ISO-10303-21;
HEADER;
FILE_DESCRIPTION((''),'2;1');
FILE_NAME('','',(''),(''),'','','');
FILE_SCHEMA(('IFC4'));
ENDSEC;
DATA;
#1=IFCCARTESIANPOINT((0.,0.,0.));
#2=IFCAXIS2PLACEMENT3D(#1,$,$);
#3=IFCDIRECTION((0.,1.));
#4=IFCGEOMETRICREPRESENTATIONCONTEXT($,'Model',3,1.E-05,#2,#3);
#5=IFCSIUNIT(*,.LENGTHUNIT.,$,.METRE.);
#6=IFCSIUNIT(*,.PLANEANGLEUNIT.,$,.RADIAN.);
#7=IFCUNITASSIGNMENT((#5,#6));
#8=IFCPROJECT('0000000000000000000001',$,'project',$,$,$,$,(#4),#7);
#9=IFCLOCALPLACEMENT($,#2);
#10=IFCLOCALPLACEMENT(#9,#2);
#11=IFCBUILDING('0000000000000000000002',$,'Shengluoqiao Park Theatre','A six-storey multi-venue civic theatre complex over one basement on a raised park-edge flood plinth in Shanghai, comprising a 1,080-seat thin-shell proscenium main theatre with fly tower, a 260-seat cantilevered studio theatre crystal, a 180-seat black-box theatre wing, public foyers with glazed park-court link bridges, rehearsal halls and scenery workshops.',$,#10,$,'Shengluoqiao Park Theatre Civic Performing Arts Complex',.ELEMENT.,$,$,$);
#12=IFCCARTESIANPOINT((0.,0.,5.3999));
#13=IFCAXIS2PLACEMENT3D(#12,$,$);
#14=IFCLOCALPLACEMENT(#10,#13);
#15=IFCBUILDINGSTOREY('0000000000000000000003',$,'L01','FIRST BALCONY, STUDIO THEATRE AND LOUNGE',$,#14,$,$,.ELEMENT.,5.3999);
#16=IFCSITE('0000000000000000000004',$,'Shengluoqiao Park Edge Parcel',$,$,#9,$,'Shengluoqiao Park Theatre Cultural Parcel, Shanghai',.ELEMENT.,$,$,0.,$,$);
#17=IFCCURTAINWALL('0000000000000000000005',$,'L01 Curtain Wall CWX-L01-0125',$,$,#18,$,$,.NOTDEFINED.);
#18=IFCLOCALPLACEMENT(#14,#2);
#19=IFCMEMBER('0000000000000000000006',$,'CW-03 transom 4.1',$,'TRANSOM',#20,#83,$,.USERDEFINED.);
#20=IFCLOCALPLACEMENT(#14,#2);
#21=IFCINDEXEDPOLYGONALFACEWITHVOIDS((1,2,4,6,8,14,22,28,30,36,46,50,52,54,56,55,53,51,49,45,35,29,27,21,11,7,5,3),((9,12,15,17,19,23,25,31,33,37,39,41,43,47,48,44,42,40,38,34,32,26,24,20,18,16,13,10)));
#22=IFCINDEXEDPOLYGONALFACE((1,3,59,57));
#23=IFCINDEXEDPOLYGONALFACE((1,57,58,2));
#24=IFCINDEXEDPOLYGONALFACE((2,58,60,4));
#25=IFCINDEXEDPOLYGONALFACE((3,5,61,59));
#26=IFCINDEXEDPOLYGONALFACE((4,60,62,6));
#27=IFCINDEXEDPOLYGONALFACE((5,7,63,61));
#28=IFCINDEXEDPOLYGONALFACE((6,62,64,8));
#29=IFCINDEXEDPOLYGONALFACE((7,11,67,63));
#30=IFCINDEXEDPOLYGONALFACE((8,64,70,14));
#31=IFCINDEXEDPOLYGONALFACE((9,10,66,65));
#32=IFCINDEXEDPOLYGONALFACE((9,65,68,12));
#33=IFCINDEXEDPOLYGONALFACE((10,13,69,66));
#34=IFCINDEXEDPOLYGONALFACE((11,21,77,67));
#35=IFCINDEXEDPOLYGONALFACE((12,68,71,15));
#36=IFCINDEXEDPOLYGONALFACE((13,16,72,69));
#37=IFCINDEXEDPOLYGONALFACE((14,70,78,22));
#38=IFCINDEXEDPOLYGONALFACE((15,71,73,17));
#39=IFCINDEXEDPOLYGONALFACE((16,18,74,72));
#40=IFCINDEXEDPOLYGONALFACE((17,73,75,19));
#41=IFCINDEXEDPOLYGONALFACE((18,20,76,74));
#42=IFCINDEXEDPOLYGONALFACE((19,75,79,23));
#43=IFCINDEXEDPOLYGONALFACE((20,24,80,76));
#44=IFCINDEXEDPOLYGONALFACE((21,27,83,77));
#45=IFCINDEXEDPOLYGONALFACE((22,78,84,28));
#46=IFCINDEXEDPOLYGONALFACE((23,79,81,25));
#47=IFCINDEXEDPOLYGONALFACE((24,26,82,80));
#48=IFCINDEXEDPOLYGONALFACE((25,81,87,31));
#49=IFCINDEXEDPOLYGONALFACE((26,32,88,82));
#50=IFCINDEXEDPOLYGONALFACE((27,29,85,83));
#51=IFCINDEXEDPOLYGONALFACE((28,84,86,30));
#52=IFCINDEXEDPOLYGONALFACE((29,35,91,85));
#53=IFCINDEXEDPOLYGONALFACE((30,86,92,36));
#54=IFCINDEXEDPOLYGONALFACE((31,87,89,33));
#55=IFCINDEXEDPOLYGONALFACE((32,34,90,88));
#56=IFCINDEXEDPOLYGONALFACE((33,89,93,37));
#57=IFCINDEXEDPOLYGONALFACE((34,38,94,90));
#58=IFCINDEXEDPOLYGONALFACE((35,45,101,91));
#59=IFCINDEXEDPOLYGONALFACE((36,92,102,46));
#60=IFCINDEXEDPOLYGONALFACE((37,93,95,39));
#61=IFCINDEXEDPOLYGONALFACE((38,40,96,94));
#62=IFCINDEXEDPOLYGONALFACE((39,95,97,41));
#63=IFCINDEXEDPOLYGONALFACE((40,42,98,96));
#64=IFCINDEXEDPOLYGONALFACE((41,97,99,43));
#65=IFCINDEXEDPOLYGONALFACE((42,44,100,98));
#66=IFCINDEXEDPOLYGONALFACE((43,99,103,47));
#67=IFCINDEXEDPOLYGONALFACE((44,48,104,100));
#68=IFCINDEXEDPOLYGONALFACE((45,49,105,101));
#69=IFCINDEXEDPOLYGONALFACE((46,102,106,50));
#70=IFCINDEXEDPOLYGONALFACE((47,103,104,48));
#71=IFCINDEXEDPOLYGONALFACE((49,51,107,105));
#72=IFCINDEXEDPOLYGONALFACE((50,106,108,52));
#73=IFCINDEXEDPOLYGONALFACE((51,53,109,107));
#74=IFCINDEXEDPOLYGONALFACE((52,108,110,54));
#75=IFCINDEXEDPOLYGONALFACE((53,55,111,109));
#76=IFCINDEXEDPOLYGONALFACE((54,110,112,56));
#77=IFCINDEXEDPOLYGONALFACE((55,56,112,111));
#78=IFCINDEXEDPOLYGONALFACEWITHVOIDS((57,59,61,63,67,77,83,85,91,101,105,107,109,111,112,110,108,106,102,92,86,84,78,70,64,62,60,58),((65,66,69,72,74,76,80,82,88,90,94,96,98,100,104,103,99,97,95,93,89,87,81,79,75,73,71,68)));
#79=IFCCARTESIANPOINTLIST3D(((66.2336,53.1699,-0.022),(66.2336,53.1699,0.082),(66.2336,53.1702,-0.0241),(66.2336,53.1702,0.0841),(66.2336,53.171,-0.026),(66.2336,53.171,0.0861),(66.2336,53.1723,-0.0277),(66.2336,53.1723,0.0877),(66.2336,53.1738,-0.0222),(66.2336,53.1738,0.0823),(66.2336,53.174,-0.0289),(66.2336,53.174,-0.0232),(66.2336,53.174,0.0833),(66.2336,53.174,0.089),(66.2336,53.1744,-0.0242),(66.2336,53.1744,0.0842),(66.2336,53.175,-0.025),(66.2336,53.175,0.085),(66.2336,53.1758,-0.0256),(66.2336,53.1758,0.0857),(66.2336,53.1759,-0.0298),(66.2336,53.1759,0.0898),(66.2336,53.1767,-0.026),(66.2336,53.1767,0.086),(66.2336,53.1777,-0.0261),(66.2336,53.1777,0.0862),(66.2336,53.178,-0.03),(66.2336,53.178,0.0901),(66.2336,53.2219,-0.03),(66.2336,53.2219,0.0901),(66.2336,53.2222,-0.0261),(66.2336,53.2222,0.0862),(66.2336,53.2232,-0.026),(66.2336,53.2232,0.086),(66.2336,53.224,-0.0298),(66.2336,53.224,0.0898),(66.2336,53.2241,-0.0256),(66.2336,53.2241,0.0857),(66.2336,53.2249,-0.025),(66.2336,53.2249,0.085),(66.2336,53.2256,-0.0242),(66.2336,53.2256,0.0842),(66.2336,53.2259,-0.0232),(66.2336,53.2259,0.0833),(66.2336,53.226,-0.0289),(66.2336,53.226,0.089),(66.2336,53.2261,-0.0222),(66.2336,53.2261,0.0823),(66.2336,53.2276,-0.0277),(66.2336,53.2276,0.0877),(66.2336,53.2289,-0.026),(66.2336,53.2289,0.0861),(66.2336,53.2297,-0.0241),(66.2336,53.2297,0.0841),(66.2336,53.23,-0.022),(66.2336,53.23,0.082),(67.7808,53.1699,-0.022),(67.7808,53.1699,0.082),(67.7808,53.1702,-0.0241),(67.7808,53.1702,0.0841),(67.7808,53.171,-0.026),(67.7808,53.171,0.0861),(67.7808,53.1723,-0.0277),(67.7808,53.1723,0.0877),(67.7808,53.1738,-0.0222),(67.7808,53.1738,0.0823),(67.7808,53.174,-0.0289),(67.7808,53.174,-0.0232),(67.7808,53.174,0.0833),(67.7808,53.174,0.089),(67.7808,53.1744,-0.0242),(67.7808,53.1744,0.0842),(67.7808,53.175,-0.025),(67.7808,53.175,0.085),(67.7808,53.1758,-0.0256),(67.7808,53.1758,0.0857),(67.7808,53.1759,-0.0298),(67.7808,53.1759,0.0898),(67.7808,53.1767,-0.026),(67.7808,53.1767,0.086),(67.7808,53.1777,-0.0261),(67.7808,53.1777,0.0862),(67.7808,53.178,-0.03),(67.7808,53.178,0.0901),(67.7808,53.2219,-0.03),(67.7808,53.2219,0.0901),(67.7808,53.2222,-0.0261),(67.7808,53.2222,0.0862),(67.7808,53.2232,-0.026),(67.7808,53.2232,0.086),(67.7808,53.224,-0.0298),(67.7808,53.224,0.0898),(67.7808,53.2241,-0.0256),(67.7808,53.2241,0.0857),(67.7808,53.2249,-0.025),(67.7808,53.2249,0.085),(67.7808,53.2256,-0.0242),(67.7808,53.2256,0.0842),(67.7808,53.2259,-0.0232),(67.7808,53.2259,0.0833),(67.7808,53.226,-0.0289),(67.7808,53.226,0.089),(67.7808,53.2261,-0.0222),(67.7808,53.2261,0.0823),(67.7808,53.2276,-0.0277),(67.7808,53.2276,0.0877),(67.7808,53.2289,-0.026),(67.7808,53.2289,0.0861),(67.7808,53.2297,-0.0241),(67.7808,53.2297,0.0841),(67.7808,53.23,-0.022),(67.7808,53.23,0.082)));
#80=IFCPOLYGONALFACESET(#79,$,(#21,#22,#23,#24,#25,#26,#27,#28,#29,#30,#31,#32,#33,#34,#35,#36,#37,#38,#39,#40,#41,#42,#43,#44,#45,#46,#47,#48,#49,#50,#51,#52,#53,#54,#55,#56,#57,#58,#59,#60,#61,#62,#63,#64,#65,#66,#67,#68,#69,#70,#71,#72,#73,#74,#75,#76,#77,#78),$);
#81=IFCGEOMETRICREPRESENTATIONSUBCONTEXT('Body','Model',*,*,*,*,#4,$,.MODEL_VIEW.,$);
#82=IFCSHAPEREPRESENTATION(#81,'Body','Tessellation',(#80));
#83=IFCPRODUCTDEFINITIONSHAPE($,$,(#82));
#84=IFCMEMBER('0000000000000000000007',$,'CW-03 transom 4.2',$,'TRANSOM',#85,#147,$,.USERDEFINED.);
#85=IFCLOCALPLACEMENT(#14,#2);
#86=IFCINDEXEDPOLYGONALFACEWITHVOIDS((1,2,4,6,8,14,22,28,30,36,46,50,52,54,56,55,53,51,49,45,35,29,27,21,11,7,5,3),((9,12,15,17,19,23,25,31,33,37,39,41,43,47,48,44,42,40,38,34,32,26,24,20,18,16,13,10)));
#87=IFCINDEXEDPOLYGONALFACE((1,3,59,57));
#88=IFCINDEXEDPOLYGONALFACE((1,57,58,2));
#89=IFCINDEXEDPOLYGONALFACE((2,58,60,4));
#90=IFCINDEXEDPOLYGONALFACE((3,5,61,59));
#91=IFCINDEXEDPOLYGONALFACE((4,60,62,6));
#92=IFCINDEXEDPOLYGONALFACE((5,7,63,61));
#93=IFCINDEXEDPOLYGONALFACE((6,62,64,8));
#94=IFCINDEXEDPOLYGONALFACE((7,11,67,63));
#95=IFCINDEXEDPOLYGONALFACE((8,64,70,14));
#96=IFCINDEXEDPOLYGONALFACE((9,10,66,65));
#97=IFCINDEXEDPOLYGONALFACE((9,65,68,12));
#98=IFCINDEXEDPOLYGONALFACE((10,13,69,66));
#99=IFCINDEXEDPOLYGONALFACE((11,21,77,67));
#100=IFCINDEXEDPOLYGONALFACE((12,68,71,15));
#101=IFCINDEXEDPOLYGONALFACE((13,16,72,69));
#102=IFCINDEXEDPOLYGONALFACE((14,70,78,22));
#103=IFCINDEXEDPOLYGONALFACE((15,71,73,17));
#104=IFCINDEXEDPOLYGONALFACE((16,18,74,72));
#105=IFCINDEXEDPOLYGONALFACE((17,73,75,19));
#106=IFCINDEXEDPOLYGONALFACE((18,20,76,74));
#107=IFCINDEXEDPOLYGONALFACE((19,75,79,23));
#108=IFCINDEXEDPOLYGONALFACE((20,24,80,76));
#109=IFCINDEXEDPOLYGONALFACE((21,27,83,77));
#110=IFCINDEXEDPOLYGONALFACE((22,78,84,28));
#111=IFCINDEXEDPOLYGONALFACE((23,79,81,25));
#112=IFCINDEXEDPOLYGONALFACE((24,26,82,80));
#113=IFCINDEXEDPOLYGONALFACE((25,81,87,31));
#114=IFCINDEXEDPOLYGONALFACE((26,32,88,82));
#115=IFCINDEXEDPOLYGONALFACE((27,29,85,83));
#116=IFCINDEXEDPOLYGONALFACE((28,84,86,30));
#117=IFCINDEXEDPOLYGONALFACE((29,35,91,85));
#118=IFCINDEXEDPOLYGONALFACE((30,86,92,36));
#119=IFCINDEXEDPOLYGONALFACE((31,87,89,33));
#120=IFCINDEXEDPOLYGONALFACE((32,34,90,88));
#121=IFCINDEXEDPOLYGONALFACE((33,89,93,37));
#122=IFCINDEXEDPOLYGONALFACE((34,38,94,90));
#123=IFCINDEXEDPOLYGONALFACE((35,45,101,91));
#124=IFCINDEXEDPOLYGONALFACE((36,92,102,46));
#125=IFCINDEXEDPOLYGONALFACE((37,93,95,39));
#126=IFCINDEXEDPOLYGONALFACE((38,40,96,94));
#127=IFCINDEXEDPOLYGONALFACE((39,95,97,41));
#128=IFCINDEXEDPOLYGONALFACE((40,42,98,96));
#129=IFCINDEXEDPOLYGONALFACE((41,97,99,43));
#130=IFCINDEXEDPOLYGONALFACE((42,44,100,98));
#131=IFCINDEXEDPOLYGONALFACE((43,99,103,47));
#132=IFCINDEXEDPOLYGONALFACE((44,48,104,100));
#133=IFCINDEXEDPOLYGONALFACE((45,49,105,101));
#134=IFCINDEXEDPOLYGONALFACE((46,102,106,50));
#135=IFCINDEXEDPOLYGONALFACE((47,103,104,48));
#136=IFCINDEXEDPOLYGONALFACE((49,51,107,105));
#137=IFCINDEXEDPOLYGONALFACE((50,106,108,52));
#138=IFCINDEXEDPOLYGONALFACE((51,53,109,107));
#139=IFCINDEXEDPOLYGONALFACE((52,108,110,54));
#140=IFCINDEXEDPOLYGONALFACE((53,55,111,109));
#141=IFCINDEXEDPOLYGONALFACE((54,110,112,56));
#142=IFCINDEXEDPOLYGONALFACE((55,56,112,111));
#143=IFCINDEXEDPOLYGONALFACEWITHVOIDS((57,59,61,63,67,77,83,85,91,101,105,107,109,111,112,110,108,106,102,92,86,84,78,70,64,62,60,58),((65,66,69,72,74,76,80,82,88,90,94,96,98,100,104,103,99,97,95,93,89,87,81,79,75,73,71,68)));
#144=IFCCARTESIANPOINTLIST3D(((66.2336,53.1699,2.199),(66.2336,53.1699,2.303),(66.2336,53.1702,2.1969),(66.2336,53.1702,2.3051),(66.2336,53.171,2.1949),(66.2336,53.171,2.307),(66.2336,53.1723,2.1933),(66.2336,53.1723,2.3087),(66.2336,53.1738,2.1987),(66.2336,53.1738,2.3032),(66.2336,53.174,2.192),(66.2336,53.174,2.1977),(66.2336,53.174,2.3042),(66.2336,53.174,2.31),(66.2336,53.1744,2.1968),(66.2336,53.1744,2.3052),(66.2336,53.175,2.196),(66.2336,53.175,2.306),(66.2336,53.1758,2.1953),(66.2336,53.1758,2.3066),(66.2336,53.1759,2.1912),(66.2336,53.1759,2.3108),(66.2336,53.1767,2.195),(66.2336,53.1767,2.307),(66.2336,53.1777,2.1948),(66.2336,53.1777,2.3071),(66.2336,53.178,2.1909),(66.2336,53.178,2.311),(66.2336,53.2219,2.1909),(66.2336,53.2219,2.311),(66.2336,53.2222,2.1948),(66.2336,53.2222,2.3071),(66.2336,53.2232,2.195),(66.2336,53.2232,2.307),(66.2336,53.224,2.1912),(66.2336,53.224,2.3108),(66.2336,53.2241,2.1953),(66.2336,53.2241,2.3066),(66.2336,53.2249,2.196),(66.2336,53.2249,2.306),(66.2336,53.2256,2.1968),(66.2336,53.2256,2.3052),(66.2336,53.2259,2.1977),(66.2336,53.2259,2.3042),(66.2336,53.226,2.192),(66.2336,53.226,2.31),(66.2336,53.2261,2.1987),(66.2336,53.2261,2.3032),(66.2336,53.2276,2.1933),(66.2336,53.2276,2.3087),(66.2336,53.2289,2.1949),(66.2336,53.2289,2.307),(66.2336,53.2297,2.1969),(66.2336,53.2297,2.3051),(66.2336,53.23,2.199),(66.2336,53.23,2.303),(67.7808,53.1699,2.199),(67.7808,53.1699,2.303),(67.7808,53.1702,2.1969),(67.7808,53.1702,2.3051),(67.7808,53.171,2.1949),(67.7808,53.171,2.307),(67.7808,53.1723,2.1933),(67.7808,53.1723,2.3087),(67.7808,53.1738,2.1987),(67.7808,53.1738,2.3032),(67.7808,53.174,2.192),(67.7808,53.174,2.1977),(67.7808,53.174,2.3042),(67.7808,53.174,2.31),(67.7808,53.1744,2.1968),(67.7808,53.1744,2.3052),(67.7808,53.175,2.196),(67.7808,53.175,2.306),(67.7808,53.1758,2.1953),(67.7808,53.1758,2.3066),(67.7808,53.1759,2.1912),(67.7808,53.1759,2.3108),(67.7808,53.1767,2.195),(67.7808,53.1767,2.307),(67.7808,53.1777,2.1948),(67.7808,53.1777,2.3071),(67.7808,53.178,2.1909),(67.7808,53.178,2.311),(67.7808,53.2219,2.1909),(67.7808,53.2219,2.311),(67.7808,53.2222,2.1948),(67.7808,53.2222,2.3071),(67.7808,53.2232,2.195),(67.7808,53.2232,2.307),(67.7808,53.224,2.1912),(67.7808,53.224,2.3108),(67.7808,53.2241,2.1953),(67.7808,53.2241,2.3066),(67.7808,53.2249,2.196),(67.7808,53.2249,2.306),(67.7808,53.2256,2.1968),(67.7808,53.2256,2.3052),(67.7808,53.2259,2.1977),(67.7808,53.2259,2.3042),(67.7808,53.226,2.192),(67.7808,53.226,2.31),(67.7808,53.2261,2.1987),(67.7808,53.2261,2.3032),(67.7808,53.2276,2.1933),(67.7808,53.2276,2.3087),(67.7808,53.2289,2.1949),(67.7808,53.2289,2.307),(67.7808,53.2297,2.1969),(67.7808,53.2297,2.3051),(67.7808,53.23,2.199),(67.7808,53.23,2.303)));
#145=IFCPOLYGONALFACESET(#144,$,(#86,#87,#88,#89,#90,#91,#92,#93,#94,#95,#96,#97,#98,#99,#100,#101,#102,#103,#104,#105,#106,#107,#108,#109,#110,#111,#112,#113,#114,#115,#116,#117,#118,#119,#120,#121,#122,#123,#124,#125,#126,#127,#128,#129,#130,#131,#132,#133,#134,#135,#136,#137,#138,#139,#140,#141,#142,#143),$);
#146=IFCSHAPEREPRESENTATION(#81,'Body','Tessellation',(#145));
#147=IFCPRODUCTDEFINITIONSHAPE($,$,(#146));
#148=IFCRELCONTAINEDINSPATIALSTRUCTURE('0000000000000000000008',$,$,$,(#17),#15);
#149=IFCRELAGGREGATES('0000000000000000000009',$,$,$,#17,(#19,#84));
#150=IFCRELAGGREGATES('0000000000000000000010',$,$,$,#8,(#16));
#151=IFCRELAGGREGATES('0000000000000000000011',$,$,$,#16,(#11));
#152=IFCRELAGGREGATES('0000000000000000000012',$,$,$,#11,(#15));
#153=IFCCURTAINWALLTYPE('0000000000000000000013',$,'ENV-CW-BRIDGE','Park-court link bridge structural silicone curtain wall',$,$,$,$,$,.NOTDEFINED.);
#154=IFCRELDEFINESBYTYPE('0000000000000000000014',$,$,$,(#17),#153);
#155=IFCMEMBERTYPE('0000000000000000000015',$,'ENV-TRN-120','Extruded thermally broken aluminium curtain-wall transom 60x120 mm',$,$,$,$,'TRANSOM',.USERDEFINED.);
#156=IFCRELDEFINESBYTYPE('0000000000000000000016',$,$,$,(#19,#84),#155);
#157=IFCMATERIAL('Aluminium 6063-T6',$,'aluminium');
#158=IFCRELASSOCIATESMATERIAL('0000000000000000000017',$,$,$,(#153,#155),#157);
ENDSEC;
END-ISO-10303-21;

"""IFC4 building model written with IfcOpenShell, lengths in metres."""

from ifc_helpers import new_model, si_unit, direction, frame, origin, origin_2d, place, context, subcontext, project, spatial, hollow_rectangle, extrude, material, material_profile, profile_set, type_object, element, aggregate, save


model = new_model("IFC4")

# Units and contexts
model_context = context("Model", 3, precision=1e-05, world=origin(), true_north=direction((0.0, 1.0)))
body_context = subcontext(model_context, "Body", "Model", "MODEL_VIEW")
ifc_project = project(units=[si_unit("LENGTHUNIT", "METRE"), si_unit("PLANEANGLEUNIT", "RADIAN")], contexts=[model_context])

# Site, building, storey
site_placement = place(None, origin())
site = spatial("IfcSite", under=ifc_project, at=site_placement, Name="Shengluoqiao Park Edge Parcel", LongName="Shengluoqiao Park Theatre Cultural Parcel, Shanghai", CompositionType="ELEMENT", RefElevation=0.0)
building_placement = place(site_placement, origin())
building = spatial("IfcBuilding", under=site, at=building_placement, Name="Shengluoqiao Park Theatre", Description="A six-storey multi-venue civic theatre complex over one basement on a raised park-edge flood plinth in Shanghai, comprising a 1,080-seat thin-shell proscenium main theatre with fly tower, a 260-seat cantilevered studio theatre crystal, a 180-seat black-box theatre wing, public foyers with glazed park-court link bridges, rehearsal halls and scenery workshops.", LongName="Shengluoqiao Park Theatre Civic Performing Arts Complex", CompositionType="ELEMENT")
storey_placement = place(building_placement, frame((0.0, 0.0, 5.3999)))
storey = spatial("IfcBuildingStorey", under=building, at=storey_placement, Name="L01", Description="FIRST BALCONY, STUDIO THEATRE AND LOUNGE", CompositionType="ELEMENT", Elevation=5.3999)

# Curtain wall
ifc_material_1 = material(Name="Aluminium 6063-T6", Category="aluminium")
curtain_wall_type = type_object("IfcCurtainWallType", Name="ENV-CW-BRIDGE", Description="Park-court link bridge structural silicone curtain wall", PredefinedType="NOTDEFINED", material=ifc_material_1)
curtain_wall_1_placement = place(storey_placement, origin())
curtain_wall_1 = element("IfcCurtainWall", 1, at=curtain_wall_1_placement, inside=storey, type_object=curtain_wall_type, Name="L01 Curtain Wall CWX-L01-0125", PredefinedType="NOTDEFINED")

# Members
ifc_material_profile_1 = material_profile(ifc_material_1, hollow_rectangle(XDim=0.0601, YDim=0.1201, WallThickness=0.0039, InnerFilletRadius=0.0039, OuterFilletRadius=0.0081, at=origin_2d()), Name="ALU TRANSOM 120x60x4")
ifc_profile_set_1 = profile_set([ifc_material_profile_1], Name="Aluminium 6063-T6")
member_type_1 = type_object("IfcMemberType", Name="ENV-TRN-120", Description="Extruded thermally broken aluminium curtain-wall transom 60x120 mm", ElementType="TRANSOM", PredefinedType="USERDEFINED", material=ifc_profile_set_1)
member_1_placement = place(storey_placement, frame((66.2336, 53.2, 0.03), z_axis=(1.0, 0.0, 0.0), x_axis=(0.0, 1.0, 0.0)))
member_1 = element("IfcMember", 2, at=member_1_placement, type_object=member_type_1, Name="CW-03 transom 4.1", ObjectType="TRANSOM", PredefinedType="USERDEFINED", context=body_context, shape_type="SweptSolid", body=[
    extrude(hollow_rectangle(XDim=0.0601, YDim=0.1201, WallThickness=0.0039, InnerFilletRadius=0.0039, OuterFilletRadius=0.0081, at=origin_2d()), origin(), (0.0, 0.0, 1.0), 1.5471),
])
member_2_placement = place(storey_placement, frame((66.2336, 53.2, 2.251), z_axis=(1.0, 0.0, 0.0), x_axis=(0.0, 1.0, 0.0)))
member_2 = element("IfcMember", 3, at=member_2_placement, type_object=member_type_1, Name="CW-03 transom 4.2", ObjectType="TRANSOM", PredefinedType="USERDEFINED", context=body_context, shape_type="SweptSolid", body=[
    extrude(hollow_rectangle(XDim=0.0601, YDim=0.1201, WallThickness=0.0039, InnerFilletRadius=0.0039, OuterFilletRadius=0.0081, at=origin_2d()), origin(), (0.0, 0.0, 1.0), 1.5471),
])

aggregate(curtain_wall_1, [member_1, member_2])

save(model, "model.ifc")
